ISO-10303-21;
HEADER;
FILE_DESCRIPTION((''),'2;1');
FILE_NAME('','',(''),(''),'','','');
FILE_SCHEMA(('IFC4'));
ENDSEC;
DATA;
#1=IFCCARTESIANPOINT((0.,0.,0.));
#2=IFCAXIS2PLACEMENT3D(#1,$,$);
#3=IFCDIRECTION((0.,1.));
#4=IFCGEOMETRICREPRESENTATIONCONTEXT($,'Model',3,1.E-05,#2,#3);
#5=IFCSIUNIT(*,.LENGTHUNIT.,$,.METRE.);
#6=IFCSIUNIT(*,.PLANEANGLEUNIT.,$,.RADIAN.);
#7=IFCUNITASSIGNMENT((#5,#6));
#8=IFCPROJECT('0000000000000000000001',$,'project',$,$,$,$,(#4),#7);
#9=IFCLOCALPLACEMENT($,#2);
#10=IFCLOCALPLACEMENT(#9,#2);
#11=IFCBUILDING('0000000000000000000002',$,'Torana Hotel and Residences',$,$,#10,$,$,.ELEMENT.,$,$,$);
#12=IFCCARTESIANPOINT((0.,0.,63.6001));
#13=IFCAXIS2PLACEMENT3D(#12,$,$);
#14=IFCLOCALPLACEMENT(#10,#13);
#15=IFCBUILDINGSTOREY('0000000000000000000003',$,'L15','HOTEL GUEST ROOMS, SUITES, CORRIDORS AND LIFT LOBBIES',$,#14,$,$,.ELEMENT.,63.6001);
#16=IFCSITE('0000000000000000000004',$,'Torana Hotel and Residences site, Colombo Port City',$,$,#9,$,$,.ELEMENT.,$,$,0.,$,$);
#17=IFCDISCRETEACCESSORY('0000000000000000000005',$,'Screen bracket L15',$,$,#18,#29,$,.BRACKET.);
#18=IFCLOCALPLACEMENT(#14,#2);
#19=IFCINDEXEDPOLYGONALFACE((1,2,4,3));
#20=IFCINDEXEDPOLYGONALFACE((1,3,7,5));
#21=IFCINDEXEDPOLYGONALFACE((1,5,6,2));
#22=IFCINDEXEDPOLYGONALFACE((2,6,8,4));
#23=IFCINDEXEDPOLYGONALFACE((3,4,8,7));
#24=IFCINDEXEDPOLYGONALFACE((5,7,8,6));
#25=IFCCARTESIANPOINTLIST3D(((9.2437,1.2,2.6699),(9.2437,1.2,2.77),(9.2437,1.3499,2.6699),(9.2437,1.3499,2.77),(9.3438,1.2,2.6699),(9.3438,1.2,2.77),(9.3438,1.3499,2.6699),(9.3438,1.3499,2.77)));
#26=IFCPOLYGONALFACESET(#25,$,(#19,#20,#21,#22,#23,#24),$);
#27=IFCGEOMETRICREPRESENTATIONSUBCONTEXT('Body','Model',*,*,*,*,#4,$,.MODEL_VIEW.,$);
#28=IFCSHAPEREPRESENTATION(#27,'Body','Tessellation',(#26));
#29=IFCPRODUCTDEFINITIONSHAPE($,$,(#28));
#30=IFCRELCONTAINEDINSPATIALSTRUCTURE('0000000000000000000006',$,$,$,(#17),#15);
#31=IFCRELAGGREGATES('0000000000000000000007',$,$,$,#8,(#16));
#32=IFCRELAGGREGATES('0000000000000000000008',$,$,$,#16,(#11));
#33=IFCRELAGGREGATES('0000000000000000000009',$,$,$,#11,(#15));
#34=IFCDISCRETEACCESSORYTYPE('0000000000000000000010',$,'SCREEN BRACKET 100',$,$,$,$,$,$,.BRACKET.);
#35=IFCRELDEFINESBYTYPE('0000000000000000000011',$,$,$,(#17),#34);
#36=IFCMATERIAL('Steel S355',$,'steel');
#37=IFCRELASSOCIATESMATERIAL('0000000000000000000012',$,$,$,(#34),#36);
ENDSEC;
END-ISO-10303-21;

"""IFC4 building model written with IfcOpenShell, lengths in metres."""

from ifc_helpers import new_model, si_unit, direction, frame, origin, origin_2d, place, context, subcontext, project, spatial, rectangle, extrude, material, type_object, element, save


model = new_model("IFC4")

# Units and contexts
model_context = context("Model", 3, precision=1e-05, world=origin(), true_north=direction((0.0, 1.0)))
body_context = subcontext(model_context, "Body", "Model", "MODEL_VIEW")
ifc_project = project(units=[si_unit("LENGTHUNIT", "METRE"), si_unit("PLANEANGLEUNIT", "RADIAN")], contexts=[model_context])

# Site, building, storey
site_placement = place(None, origin())
site = spatial("IfcSite", under=ifc_project, at=site_placement, Name="Torana Hotel and Residences site, Colombo Port City", CompositionType="ELEMENT", RefElevation=0.0)
building_placement = place(site_placement, origin())
building = spatial("IfcBuilding", under=site, at=building_placement, Name="Torana Hotel and Residences", CompositionType="ELEMENT")
storey_placement = place(building_placement, frame((0.0, 0.0, 63.6001)))
storey = spatial("IfcBuildingStorey", under=building, at=storey_placement, Name="L15", Description="HOTEL GUEST ROOMS, SUITES, CORRIDORS AND LIFT LOBBIES", CompositionType="ELEMENT", Elevation=63.6001)

# Discrete accessory
ifc_material_1 = material(Name="Steel S355", Category="steel")
discrete_accessory_type = type_object("IfcDiscreteAccessoryType", Name="SCREEN BRACKET 100", PredefinedType="BRACKET", material=ifc_material_1)
discrete_accessory_placement = place(storey_placement, frame((9.2937, 1.2749, 2.6699), z_axis=(0.0, 0.0, 1.0), x_axis=(-1.0, 0.0, 0.0)))
element("IfcDiscreteAccessory", 1, at=discrete_accessory_placement, inside=storey, type_object=discrete_accessory_type, Name="Screen bracket L15", PredefinedType="BRACKET", context=body_context, shape_type="SweptSolid", body=[
    extrude(rectangle(XDim=0.1001, YDim=0.1499, at=origin_2d()), origin(), (0.0, 0.0, 1.0), 0.1001),
])

save(model, "model.ifc")
